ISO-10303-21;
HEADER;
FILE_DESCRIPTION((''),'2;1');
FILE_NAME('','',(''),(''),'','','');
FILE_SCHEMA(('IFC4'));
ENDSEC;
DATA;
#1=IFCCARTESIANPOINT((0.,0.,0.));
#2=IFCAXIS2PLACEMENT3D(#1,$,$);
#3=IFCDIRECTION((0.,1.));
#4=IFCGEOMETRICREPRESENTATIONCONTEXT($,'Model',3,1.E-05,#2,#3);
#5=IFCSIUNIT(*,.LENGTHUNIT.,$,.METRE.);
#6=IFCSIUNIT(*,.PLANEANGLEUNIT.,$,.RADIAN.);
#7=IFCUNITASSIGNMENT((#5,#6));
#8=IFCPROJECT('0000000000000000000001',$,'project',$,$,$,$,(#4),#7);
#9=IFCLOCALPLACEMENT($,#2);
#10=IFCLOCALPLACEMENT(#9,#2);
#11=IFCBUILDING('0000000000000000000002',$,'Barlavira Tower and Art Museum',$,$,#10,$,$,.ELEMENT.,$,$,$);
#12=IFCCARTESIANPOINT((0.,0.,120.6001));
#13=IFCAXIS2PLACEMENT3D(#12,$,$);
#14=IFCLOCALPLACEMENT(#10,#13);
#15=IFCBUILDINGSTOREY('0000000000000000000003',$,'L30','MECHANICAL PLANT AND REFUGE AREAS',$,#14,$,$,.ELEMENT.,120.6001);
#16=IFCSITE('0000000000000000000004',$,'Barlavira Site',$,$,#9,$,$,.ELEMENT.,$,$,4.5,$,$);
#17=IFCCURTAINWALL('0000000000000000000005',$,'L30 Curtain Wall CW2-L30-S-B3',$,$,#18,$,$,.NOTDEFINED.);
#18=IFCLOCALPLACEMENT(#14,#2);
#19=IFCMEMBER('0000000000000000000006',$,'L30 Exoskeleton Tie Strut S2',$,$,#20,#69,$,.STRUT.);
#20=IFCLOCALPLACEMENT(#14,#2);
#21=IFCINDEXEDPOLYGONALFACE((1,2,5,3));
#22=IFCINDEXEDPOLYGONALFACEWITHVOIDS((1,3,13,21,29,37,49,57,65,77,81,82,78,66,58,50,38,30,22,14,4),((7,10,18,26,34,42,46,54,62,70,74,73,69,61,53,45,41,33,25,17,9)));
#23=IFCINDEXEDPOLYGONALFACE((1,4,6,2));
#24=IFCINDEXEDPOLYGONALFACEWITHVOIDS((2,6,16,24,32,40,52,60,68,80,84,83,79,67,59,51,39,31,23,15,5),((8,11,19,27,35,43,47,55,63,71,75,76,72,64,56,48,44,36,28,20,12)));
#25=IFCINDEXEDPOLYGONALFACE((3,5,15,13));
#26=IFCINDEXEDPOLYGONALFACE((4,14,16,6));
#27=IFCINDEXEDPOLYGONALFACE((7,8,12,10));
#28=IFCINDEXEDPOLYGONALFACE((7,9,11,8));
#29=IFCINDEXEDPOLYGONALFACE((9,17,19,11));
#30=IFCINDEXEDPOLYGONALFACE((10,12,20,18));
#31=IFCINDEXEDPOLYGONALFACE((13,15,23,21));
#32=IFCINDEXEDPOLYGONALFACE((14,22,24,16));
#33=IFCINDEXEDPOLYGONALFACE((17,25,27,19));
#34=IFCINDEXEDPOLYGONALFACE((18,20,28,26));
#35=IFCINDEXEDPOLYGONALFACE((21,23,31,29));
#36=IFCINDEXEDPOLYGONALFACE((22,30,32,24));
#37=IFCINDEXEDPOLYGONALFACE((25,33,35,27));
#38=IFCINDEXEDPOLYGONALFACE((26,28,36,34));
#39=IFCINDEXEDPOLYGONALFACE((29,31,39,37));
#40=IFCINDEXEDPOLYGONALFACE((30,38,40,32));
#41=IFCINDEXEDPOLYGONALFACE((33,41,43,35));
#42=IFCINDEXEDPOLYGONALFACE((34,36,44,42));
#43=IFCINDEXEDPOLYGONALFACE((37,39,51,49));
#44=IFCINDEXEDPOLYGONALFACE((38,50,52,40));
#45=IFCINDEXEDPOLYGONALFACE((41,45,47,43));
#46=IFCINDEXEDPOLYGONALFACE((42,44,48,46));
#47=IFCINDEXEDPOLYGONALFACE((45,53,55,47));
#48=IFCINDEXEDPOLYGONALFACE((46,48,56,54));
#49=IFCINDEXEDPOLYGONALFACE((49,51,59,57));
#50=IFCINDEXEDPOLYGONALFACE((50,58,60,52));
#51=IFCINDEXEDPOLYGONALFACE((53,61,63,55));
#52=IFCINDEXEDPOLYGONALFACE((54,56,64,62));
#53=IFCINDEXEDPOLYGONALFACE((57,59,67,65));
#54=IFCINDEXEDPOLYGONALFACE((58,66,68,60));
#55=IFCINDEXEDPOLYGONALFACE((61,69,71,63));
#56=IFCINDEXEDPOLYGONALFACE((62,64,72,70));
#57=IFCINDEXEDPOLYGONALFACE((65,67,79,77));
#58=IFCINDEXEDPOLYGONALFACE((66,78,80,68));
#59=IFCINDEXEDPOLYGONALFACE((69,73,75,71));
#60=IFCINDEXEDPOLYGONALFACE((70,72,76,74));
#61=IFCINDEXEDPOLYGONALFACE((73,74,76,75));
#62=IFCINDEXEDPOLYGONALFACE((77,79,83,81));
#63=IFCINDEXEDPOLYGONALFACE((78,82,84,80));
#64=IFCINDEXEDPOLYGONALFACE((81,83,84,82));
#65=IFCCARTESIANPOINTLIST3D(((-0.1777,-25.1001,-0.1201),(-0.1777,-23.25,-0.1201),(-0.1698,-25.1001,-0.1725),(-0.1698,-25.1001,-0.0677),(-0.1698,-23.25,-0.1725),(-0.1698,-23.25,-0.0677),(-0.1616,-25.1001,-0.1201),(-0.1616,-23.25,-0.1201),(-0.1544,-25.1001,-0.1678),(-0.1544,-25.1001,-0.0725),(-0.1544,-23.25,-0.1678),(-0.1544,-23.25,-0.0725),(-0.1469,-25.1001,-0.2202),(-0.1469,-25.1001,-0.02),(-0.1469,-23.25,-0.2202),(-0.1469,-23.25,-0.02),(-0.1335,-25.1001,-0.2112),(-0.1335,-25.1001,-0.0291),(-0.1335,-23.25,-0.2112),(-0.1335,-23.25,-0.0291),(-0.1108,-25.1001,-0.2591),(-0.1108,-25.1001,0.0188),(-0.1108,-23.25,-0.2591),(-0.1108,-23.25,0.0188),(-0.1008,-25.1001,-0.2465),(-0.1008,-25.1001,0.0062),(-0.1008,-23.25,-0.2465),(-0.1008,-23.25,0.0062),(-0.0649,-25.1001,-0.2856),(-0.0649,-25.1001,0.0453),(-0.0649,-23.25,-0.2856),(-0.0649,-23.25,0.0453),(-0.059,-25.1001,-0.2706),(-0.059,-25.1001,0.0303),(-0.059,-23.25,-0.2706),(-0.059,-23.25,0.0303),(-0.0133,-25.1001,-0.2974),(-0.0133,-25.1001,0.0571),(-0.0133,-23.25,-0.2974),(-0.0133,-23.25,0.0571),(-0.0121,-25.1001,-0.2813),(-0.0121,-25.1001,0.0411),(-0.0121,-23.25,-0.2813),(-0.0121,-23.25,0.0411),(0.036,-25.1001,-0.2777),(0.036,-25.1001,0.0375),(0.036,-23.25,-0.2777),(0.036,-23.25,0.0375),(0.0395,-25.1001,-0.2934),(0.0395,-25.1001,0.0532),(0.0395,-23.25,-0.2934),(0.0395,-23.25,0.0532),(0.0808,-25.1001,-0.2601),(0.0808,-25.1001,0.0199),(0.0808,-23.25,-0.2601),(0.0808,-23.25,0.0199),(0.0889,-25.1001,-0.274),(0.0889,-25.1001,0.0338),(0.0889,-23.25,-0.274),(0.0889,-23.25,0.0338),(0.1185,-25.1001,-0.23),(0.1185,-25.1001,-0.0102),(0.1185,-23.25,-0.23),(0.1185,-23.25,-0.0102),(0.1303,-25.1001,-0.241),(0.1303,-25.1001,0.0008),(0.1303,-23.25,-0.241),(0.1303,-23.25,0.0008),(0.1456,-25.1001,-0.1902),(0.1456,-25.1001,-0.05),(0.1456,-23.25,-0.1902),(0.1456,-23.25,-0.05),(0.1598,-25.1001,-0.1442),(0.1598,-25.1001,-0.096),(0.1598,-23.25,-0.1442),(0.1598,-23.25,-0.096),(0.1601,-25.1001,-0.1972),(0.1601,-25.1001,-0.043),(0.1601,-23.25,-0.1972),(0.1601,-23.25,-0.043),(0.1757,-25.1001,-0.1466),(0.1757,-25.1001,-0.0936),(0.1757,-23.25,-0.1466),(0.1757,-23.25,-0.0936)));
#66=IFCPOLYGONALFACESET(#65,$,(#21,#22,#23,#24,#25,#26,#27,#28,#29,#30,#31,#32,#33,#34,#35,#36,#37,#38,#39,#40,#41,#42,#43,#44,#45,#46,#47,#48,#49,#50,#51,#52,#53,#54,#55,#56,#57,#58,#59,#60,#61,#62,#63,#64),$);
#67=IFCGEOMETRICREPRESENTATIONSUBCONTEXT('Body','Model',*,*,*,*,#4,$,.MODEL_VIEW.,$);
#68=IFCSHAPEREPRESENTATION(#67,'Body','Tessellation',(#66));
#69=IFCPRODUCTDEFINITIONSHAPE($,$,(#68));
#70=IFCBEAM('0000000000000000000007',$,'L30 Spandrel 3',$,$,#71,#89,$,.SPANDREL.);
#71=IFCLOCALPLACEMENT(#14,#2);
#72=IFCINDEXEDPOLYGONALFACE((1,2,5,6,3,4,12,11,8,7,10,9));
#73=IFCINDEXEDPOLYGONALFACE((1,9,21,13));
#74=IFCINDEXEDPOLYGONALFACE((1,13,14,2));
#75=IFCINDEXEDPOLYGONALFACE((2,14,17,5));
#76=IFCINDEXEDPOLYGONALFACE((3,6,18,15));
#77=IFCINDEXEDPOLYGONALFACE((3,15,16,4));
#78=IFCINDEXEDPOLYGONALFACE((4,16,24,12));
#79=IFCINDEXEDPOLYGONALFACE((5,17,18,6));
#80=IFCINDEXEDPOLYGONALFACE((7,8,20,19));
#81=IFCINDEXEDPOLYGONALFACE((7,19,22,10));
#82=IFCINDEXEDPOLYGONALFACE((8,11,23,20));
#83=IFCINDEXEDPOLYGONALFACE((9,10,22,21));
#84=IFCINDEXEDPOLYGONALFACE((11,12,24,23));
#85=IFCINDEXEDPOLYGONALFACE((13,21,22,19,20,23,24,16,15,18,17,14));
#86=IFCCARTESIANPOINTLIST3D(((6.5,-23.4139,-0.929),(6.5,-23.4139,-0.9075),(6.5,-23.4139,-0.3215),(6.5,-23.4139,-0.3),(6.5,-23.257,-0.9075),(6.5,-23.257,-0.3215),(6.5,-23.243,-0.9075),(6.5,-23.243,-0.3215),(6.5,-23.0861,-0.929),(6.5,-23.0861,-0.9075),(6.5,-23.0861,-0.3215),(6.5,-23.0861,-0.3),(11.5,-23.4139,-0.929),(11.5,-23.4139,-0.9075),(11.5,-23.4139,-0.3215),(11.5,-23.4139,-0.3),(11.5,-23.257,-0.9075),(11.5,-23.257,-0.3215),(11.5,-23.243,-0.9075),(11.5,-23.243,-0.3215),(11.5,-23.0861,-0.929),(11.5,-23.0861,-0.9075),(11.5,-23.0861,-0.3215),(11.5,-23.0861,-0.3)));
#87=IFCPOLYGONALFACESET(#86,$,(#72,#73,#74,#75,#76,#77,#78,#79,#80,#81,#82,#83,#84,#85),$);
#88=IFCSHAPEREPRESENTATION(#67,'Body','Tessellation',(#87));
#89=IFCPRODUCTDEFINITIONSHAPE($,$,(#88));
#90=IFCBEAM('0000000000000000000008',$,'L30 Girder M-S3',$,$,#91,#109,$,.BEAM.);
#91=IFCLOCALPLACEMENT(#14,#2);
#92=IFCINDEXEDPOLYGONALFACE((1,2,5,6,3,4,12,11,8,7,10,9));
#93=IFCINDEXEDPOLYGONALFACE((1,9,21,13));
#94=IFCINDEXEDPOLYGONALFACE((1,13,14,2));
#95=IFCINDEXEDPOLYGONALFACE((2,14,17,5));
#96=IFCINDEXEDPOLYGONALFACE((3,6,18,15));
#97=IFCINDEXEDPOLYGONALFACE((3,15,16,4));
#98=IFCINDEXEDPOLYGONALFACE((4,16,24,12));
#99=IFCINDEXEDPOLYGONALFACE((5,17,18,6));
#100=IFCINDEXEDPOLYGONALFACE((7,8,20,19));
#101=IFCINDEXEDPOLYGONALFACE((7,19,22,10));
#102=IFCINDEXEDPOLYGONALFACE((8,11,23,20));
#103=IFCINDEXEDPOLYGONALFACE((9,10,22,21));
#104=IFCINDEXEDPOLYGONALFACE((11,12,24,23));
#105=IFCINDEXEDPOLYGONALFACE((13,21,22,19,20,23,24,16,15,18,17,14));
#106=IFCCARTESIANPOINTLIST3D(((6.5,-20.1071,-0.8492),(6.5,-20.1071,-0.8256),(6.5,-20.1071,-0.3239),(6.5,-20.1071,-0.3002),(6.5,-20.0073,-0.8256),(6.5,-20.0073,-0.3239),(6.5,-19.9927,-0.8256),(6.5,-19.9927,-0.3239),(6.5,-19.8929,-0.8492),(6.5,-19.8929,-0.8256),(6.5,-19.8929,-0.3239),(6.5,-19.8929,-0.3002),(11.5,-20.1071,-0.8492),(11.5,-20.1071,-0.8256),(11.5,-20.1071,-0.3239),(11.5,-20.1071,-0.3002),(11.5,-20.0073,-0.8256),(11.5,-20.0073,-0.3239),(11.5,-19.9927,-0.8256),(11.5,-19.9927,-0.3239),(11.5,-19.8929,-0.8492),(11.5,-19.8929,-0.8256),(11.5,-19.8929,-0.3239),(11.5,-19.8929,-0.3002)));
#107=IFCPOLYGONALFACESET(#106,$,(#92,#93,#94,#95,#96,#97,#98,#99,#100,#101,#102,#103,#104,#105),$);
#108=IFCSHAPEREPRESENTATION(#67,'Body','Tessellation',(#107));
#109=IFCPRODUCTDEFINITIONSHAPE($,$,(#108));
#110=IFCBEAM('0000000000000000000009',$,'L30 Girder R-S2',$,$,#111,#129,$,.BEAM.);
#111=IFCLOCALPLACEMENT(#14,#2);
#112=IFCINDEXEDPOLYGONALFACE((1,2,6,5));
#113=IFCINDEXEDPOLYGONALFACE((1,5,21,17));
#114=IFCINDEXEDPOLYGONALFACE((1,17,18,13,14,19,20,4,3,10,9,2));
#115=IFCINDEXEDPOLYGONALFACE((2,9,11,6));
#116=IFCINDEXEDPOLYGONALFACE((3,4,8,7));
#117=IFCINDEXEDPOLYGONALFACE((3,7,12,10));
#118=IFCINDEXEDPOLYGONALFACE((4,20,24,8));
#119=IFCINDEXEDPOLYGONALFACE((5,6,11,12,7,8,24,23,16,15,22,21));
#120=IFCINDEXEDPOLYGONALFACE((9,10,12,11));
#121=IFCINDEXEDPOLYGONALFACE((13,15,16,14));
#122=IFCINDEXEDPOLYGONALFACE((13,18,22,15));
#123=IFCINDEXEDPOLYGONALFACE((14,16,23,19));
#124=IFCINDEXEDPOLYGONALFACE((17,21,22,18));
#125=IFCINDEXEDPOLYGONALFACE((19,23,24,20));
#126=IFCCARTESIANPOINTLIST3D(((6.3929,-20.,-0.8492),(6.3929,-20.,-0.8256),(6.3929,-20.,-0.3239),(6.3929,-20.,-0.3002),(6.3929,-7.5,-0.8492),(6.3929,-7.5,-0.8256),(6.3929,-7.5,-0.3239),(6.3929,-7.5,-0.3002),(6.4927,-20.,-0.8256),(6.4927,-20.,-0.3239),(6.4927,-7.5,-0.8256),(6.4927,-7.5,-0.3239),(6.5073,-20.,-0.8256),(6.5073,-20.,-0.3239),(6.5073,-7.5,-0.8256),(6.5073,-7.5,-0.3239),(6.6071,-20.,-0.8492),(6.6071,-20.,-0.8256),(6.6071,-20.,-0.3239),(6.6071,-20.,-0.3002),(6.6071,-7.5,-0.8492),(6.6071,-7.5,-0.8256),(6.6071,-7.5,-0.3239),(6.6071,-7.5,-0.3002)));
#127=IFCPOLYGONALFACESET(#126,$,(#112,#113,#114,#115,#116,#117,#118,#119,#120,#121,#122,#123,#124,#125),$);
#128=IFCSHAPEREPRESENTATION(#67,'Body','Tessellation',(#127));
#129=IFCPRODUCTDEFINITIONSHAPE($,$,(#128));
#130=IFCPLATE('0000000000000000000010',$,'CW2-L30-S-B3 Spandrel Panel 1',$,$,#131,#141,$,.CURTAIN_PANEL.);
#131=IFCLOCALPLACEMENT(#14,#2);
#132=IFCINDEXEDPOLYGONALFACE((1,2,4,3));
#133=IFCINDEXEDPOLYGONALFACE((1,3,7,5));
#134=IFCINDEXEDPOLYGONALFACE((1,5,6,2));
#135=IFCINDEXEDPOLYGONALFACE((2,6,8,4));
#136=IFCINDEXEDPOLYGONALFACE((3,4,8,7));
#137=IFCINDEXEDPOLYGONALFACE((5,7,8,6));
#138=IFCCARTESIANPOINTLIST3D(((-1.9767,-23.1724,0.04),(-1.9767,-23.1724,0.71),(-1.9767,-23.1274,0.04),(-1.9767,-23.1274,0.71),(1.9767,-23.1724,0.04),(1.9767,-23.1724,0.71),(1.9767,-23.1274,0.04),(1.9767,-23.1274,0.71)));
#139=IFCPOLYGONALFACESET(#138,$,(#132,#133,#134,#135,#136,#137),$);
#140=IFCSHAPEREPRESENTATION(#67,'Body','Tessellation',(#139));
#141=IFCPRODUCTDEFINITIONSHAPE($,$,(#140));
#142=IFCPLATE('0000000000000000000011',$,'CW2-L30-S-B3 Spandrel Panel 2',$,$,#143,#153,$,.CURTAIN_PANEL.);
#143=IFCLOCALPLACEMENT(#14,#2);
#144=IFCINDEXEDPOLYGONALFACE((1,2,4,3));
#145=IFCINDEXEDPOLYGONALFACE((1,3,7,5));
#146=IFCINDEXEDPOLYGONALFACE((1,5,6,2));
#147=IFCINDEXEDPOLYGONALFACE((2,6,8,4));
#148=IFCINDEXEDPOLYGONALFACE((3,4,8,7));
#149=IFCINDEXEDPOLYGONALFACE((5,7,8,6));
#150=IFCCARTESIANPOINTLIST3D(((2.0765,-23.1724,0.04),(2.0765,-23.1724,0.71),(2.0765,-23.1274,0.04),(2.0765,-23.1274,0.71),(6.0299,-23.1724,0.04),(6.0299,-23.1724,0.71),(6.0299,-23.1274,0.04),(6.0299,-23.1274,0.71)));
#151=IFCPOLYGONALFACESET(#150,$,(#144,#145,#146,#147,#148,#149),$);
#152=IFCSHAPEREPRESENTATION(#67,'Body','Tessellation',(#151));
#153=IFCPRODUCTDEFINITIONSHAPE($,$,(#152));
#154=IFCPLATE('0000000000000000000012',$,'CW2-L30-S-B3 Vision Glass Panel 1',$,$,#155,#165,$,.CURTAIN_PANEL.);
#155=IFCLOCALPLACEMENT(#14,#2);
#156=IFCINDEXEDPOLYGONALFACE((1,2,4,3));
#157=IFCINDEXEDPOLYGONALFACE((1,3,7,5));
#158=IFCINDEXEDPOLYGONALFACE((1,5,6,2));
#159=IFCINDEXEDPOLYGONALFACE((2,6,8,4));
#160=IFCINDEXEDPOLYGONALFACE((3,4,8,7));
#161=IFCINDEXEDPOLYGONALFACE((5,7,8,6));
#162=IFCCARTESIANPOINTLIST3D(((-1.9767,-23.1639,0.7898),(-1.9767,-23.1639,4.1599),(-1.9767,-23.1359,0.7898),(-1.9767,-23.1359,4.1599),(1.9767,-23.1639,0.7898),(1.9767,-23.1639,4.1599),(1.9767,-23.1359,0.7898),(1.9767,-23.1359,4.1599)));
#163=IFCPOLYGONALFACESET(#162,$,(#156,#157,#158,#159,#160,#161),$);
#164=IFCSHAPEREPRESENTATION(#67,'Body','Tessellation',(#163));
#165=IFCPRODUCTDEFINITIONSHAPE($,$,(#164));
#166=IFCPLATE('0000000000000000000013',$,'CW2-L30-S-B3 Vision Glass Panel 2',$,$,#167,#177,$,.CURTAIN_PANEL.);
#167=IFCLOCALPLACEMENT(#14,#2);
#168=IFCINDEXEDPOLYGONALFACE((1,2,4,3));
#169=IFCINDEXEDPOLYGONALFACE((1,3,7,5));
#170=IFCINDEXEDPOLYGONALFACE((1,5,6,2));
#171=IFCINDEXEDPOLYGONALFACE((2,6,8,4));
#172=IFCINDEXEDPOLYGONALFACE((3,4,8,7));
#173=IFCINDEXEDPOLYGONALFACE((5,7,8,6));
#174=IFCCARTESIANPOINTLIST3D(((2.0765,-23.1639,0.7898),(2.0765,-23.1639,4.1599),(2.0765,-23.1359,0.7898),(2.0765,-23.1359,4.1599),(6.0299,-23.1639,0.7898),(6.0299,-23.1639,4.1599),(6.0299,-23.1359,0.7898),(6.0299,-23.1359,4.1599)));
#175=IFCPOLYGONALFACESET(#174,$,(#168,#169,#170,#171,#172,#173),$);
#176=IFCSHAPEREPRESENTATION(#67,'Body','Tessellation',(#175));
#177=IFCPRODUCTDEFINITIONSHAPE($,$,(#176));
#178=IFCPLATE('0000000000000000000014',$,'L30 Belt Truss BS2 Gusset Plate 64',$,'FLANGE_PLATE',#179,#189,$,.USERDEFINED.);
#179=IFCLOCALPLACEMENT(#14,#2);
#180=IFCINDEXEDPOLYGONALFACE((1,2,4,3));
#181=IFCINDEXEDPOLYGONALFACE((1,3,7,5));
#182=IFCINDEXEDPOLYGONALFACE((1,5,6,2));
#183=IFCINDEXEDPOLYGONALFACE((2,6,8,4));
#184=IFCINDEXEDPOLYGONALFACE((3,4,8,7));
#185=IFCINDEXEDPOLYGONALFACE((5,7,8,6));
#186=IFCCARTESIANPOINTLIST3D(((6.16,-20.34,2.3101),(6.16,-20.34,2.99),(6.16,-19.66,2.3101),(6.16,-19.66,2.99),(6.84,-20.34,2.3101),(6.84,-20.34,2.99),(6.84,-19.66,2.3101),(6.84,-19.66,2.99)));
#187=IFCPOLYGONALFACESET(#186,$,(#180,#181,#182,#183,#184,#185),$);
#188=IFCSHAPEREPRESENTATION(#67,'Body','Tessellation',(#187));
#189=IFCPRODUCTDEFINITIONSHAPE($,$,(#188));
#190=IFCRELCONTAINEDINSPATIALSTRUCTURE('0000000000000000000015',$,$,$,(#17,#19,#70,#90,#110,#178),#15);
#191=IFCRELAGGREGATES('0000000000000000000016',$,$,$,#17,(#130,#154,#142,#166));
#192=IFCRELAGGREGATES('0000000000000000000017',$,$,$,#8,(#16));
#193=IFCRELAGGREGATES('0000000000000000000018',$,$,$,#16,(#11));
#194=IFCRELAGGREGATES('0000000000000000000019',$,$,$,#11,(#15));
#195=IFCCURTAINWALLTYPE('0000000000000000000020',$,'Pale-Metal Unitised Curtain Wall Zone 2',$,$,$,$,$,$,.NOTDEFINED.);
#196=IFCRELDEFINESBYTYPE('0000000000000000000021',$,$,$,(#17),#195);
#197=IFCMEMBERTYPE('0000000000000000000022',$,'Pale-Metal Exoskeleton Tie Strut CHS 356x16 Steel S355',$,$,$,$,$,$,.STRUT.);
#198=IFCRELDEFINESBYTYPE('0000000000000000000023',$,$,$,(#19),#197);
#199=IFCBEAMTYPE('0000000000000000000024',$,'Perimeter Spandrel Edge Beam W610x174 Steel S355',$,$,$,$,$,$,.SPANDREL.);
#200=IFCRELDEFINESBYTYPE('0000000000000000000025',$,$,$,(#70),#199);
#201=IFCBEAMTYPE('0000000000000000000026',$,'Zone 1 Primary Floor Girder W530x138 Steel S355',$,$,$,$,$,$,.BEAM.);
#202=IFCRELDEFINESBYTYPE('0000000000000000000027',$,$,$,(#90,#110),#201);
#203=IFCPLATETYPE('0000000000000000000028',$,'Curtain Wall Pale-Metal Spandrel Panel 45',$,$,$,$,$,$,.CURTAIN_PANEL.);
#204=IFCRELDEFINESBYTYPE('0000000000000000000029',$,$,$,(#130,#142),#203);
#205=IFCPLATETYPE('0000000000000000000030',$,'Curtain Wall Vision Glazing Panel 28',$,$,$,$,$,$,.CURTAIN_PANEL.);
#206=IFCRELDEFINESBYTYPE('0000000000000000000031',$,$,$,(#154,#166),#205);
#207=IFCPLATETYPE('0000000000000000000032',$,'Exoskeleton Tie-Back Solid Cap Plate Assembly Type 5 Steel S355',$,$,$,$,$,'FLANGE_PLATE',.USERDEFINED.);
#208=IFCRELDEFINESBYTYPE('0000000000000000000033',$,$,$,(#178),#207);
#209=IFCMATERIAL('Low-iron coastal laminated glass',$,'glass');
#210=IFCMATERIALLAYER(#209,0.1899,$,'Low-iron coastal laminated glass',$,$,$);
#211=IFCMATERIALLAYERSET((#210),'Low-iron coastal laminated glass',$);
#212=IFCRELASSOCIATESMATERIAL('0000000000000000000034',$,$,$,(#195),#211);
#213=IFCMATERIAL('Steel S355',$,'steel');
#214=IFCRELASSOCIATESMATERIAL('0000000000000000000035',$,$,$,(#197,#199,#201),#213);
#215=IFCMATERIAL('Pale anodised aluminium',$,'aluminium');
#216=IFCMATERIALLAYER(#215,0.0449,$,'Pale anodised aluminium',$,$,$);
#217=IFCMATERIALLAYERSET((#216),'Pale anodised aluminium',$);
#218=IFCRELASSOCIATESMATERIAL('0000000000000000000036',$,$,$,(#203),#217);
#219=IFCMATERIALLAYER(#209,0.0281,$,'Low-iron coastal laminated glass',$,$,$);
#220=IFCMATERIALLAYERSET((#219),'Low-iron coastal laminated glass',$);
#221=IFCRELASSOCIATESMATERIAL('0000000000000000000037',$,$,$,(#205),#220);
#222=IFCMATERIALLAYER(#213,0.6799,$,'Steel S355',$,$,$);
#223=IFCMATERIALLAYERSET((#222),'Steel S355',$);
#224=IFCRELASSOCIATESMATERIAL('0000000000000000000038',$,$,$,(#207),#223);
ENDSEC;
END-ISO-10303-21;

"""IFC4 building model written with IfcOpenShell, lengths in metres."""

from ifc_helpers import new_model, si_unit, direction, frame, origin, origin_2d, place, context, subcontext, project, spatial, rectangle, hollow_circle, i_section, extrude, material, layer, layer_set, material_profile, profile_set, type_object, element, aggregate, save


model = new_model("IFC4")

# Units and contexts
model_context = context("Model", 3, precision=1e-05, world=origin(), true_north=direction((0.0, 1.0)))
body_context = subcontext(model_context, "Body", "Model", "MODEL_VIEW")
ifc_project = project(units=[si_unit("LENGTHUNIT", "METRE"), si_unit("PLANEANGLEUNIT", "RADIAN")], contexts=[model_context])

# Site, building, storey
site_placement = place(None, origin())
site = spatial("IfcSite", under=ifc_project, at=site_placement, Name="Barlavira Site", CompositionType="ELEMENT", RefElevation=4.5)
building_placement = place(site_placement, origin())
building = spatial("IfcBuilding", under=site, at=building_placement, Name="Barlavira Tower and Art Museum", CompositionType="ELEMENT")
storey_placement = place(building_placement, frame((0.0, 0.0, 120.6001)))
storey = spatial("IfcBuildingStorey", under=building, at=storey_placement, Name="L30", Description="MECHANICAL PLANT AND REFUGE AREAS", CompositionType="ELEMENT", Elevation=120.6001)

# Shared definitions
ifc_material_1 = material(Name="Steel S355", Category="steel")

# Curtain wall
ifc_material_2 = material(Name="Low-iron coastal laminated glass", Category="glass")
ifc_layer_1 = layer(ifc_material_2, 0.1899, Name="Low-iron coastal laminated glass")
ifc_layer_set_1 = layer_set([ifc_layer_1], Name="Low-iron coastal laminated glass")
curtain_wall_type = type_object("IfcCurtainWallType", Name="Pale-Metal Unitised Curtain Wall Zone 2", PredefinedType="NOTDEFINED", material=ifc_layer_set_1)
curtain_wall_placement = place(storey_placement, origin())
curtain_wall = element("IfcCurtainWall", 1, at=curtain_wall_placement, inside=storey, type_object=curtain_wall_type, Name="L30 Curtain Wall CW2-L30-S-B3", PredefinedType="NOTDEFINED")
ifc_material_3 = material(Name="Pale anodised aluminium", Category="aluminium")

# Member
ifc_material_profile_1 = material_profile(ifc_material_1, hollow_circle(Radius=0.1777, WallThickness=0.0161, at=origin_2d()), Name="CHS 355.6x16.0")
ifc_profile_set_1 = profile_set([ifc_material_profile_1], Name="Steel S355")
member_type_1 = type_object("IfcMemberType", Name="Pale-Metal Exoskeleton Tie Strut CHS 356x16 Steel S355", PredefinedType="STRUT", material=ifc_profile_set_1)
member_1_placement = place(storey_placement, frame((0.0, -25.1001, -0.1201), z_axis=(0.0, 1.0, 0.0), x_axis=(-1.0, 0.0, 0.0)))
element("IfcMember", 2, at=member_1_placement, inside=storey, type_object=member_type_1, Name="L30 Exoskeleton Tie Strut S2", PredefinedType="STRUT", context=body_context, shape_type="SweptSolid", body=[
    extrude(hollow_circle(Radius=0.1777, WallThickness=0.0161, at=origin_2d()), origin(), (0.0, 0.0, 1.0), 1.8501),
])

# Beams
ifc_material_profile_2 = material_profile(ifc_material_1, i_section(OverallWidth=0.3279, OverallDepth=0.6289, WebThickness=0.0139, FlangeThickness=0.0215, at=origin_2d()), Name="W610x174.0")
ifc_profile_set_2 = profile_set([ifc_material_profile_2], Name="Steel S355")
beam_type_1 = type_object("IfcBeamType", Name="Perimeter Spandrel Edge Beam W610x174 Steel S355", PredefinedType="SPANDREL", material=ifc_profile_set_2)
beam_1_placement = place(storey_placement, frame((6.5, -23.25, -0.6145), z_axis=(1.0, 0.0, 0.0), x_axis=(0.0, 1.0, 0.0)))
element("IfcBeam", 3, at=beam_1_placement, inside=storey, type_object=beam_type_1, Name="L30 Spandrel 3", PredefinedType="SPANDREL", context=body_context, shape_type="SweptSolid", body=[
    extrude(i_section(OverallWidth=0.3279, OverallDepth=0.6289, WebThickness=0.0139, FlangeThickness=0.0215, at=origin_2d()), origin(), (0.0, 0.0, 1.0), 5.0),
])
ifc_material_profile_3 = material_profile(ifc_material_1, i_section(OverallWidth=0.2141, OverallDepth=0.5491, WebThickness=0.0146, FlangeThickness=0.0237, at=origin_2d()), Name="W530x138.0")
ifc_profile_set_3 = profile_set([ifc_material_profile_3], Name="Steel S355")
beam_type_2 = type_object("IfcBeamType", Name="Zone 1 Primary Floor Girder W530x138 Steel S355", PredefinedType="BEAM", material=ifc_profile_set_3)
beam_2_placement = place(storey_placement, frame((6.5, -20.0, -0.5747), z_axis=(1.0, 0.0, 0.0), x_axis=(0.0, 1.0, 0.0)))
element("IfcBeam", 4, at=beam_2_placement, inside=storey, type_object=beam_type_2, Name="L30 Girder M-S3", PredefinedType="BEAM", context=body_context, shape_type="SweptSolid", body=[
    extrude(i_section(OverallWidth=0.2141, OverallDepth=0.5491, WebThickness=0.0146, FlangeThickness=0.0237, at=origin_2d()), origin(), (0.0, 0.0, 1.0), 5.0),
])
beam_3_placement = place(storey_placement, frame((6.5, -20.0, -0.5747), z_axis=(0.0, 1.0, 0.0), x_axis=(-1.0, 0.0, 0.0)))
element("IfcBeam", 5, at=beam_3_placement, inside=storey, type_object=beam_type_2, Name="L30 Girder R-S2", PredefinedType="BEAM", context=body_context, shape_type="SweptSolid", body=[
    extrude(i_section(OverallWidth=0.2141, OverallDepth=0.5491, WebThickness=0.0146, FlangeThickness=0.0237, at=origin_2d()), origin(), (0.0, 0.0, 1.0), 12.5),
])

# Plates
ifc_layer_2 = layer(ifc_material_3, 0.0449, Name="Pale anodised aluminium")
ifc_layer_set_2 = layer_set([ifc_layer_2], Name="Pale anodised aluminium")
plate_type_1 = type_object("IfcPlateType", Name="Curtain Wall Pale-Metal Spandrel Panel 45", PredefinedType="CURTAIN_PANEL", material=ifc_layer_set_2)
plate_1_placement = place(storey_placement, frame((0.0, -23.1499, 0.04), z_axis=(0.0, 0.0, 1.0), x_axis=(1.0, 0.0, 0.0)))
plate_1 = element("IfcPlate", 6, at=plate_1_placement, type_object=plate_type_1, Name="CW2-L30-S-B3 Spandrel Panel 1", PredefinedType="CURTAIN_PANEL", context=body_context, shape_type="SweptSolid", body=[
    extrude(rectangle(XDim=3.9534, YDim=0.0449, at=origin_2d()), origin(), (0.0, 0.0, 1.0), 0.6699),
])
plate_2_placement = place(storey_placement, frame((4.0532, -23.1499, 0.04), z_axis=(0.0, 0.0, 1.0), x_axis=(1.0, 0.0, 0.0)))
plate_2 = element("IfcPlate", 7, at=plate_2_placement, type_object=plate_type_1, Name="CW2-L30-S-B3 Spandrel Panel 2", PredefinedType="CURTAIN_PANEL", context=body_context, shape_type="SweptSolid", body=[
    extrude(rectangle(XDim=3.9534, YDim=0.0449, at=origin_2d()), origin(), (0.0, 0.0, 1.0), 0.6699),
])
ifc_layer_3 = layer(ifc_material_2, 0.0281, Name="Low-iron coastal laminated glass")
ifc_layer_set_3 = layer_set([ifc_layer_3], Name="Low-iron coastal laminated glass")
plate_type_2 = type_object("IfcPlateType", Name="Curtain Wall Vision Glazing Panel 28", PredefinedType="CURTAIN_PANEL", material=ifc_layer_set_3)
plate_3_placement = place(storey_placement, frame((0.0, -23.1499, 0.7898), z_axis=(0.0, 0.0, 1.0), x_axis=(1.0, 0.0, 0.0)))
plate_3 = element("IfcPlate", 8, at=plate_3_placement, type_object=plate_type_2, Name="CW2-L30-S-B3 Vision Glass Panel 1", PredefinedType="CURTAIN_PANEL", context=body_context, shape_type="SweptSolid", body=[
    extrude(rectangle(XDim=3.9534, YDim=0.0281, at=origin_2d()), origin(), (0.0, 0.0, 1.0), 3.3701),
])
plate_4_placement = place(storey_placement, frame((4.0532, -23.1499, 0.7898), z_axis=(0.0, 0.0, 1.0), x_axis=(1.0, 0.0, 0.0)))
plate_4 = element("IfcPlate", 9, at=plate_4_placement, type_object=plate_type_2, Name="CW2-L30-S-B3 Vision Glass Panel 2", PredefinedType="CURTAIN_PANEL", context=body_context, shape_type="SweptSolid", body=[
    extrude(rectangle(XDim=3.9534, YDim=0.0281, at=origin_2d()), origin(), (0.0, 0.0, 1.0), 3.3701),
])
aggregate(curtain_wall, [plate_1, plate_3, plate_2, plate_4])

# Plate
ifc_layer_4 = layer(ifc_material_1, 0.6799, Name="Steel S355")
ifc_layer_set_4 = layer_set([ifc_layer_4], Name="Steel S355")
plate_type_3 = type_object("IfcPlateType", Name="Exoskeleton Tie-Back Solid Cap Plate Assembly Type 5 Steel S355", ElementType="FLANGE_PLATE", PredefinedType="USERDEFINED", material=ifc_layer_set_4)
for number, where, z_axis, x_axis, name in (
    (10, (6.5, -20.0, 2.3101), (0.0, 0.0, 1.0), (1.0, 0.0, 0.0), "L30 Belt Truss BS2 Gusset Plate 64"),
):
    element("IfcPlate", number, at=place(storey_placement, frame(where, z_axis=z_axis, x_axis=x_axis)), inside=storey, type_object=plate_type_3, Name=name, ObjectType="FLANGE_PLATE", PredefinedType="USERDEFINED", context=body_context, shape_type="SweptSolid", body=[
        extrude(rectangle(XDim=0.6799, YDim=0.6799, at=origin_2d()), origin(), (0.0, 0.0, 1.0), 0.6799),
    ])

save(model, "model.ifc")
